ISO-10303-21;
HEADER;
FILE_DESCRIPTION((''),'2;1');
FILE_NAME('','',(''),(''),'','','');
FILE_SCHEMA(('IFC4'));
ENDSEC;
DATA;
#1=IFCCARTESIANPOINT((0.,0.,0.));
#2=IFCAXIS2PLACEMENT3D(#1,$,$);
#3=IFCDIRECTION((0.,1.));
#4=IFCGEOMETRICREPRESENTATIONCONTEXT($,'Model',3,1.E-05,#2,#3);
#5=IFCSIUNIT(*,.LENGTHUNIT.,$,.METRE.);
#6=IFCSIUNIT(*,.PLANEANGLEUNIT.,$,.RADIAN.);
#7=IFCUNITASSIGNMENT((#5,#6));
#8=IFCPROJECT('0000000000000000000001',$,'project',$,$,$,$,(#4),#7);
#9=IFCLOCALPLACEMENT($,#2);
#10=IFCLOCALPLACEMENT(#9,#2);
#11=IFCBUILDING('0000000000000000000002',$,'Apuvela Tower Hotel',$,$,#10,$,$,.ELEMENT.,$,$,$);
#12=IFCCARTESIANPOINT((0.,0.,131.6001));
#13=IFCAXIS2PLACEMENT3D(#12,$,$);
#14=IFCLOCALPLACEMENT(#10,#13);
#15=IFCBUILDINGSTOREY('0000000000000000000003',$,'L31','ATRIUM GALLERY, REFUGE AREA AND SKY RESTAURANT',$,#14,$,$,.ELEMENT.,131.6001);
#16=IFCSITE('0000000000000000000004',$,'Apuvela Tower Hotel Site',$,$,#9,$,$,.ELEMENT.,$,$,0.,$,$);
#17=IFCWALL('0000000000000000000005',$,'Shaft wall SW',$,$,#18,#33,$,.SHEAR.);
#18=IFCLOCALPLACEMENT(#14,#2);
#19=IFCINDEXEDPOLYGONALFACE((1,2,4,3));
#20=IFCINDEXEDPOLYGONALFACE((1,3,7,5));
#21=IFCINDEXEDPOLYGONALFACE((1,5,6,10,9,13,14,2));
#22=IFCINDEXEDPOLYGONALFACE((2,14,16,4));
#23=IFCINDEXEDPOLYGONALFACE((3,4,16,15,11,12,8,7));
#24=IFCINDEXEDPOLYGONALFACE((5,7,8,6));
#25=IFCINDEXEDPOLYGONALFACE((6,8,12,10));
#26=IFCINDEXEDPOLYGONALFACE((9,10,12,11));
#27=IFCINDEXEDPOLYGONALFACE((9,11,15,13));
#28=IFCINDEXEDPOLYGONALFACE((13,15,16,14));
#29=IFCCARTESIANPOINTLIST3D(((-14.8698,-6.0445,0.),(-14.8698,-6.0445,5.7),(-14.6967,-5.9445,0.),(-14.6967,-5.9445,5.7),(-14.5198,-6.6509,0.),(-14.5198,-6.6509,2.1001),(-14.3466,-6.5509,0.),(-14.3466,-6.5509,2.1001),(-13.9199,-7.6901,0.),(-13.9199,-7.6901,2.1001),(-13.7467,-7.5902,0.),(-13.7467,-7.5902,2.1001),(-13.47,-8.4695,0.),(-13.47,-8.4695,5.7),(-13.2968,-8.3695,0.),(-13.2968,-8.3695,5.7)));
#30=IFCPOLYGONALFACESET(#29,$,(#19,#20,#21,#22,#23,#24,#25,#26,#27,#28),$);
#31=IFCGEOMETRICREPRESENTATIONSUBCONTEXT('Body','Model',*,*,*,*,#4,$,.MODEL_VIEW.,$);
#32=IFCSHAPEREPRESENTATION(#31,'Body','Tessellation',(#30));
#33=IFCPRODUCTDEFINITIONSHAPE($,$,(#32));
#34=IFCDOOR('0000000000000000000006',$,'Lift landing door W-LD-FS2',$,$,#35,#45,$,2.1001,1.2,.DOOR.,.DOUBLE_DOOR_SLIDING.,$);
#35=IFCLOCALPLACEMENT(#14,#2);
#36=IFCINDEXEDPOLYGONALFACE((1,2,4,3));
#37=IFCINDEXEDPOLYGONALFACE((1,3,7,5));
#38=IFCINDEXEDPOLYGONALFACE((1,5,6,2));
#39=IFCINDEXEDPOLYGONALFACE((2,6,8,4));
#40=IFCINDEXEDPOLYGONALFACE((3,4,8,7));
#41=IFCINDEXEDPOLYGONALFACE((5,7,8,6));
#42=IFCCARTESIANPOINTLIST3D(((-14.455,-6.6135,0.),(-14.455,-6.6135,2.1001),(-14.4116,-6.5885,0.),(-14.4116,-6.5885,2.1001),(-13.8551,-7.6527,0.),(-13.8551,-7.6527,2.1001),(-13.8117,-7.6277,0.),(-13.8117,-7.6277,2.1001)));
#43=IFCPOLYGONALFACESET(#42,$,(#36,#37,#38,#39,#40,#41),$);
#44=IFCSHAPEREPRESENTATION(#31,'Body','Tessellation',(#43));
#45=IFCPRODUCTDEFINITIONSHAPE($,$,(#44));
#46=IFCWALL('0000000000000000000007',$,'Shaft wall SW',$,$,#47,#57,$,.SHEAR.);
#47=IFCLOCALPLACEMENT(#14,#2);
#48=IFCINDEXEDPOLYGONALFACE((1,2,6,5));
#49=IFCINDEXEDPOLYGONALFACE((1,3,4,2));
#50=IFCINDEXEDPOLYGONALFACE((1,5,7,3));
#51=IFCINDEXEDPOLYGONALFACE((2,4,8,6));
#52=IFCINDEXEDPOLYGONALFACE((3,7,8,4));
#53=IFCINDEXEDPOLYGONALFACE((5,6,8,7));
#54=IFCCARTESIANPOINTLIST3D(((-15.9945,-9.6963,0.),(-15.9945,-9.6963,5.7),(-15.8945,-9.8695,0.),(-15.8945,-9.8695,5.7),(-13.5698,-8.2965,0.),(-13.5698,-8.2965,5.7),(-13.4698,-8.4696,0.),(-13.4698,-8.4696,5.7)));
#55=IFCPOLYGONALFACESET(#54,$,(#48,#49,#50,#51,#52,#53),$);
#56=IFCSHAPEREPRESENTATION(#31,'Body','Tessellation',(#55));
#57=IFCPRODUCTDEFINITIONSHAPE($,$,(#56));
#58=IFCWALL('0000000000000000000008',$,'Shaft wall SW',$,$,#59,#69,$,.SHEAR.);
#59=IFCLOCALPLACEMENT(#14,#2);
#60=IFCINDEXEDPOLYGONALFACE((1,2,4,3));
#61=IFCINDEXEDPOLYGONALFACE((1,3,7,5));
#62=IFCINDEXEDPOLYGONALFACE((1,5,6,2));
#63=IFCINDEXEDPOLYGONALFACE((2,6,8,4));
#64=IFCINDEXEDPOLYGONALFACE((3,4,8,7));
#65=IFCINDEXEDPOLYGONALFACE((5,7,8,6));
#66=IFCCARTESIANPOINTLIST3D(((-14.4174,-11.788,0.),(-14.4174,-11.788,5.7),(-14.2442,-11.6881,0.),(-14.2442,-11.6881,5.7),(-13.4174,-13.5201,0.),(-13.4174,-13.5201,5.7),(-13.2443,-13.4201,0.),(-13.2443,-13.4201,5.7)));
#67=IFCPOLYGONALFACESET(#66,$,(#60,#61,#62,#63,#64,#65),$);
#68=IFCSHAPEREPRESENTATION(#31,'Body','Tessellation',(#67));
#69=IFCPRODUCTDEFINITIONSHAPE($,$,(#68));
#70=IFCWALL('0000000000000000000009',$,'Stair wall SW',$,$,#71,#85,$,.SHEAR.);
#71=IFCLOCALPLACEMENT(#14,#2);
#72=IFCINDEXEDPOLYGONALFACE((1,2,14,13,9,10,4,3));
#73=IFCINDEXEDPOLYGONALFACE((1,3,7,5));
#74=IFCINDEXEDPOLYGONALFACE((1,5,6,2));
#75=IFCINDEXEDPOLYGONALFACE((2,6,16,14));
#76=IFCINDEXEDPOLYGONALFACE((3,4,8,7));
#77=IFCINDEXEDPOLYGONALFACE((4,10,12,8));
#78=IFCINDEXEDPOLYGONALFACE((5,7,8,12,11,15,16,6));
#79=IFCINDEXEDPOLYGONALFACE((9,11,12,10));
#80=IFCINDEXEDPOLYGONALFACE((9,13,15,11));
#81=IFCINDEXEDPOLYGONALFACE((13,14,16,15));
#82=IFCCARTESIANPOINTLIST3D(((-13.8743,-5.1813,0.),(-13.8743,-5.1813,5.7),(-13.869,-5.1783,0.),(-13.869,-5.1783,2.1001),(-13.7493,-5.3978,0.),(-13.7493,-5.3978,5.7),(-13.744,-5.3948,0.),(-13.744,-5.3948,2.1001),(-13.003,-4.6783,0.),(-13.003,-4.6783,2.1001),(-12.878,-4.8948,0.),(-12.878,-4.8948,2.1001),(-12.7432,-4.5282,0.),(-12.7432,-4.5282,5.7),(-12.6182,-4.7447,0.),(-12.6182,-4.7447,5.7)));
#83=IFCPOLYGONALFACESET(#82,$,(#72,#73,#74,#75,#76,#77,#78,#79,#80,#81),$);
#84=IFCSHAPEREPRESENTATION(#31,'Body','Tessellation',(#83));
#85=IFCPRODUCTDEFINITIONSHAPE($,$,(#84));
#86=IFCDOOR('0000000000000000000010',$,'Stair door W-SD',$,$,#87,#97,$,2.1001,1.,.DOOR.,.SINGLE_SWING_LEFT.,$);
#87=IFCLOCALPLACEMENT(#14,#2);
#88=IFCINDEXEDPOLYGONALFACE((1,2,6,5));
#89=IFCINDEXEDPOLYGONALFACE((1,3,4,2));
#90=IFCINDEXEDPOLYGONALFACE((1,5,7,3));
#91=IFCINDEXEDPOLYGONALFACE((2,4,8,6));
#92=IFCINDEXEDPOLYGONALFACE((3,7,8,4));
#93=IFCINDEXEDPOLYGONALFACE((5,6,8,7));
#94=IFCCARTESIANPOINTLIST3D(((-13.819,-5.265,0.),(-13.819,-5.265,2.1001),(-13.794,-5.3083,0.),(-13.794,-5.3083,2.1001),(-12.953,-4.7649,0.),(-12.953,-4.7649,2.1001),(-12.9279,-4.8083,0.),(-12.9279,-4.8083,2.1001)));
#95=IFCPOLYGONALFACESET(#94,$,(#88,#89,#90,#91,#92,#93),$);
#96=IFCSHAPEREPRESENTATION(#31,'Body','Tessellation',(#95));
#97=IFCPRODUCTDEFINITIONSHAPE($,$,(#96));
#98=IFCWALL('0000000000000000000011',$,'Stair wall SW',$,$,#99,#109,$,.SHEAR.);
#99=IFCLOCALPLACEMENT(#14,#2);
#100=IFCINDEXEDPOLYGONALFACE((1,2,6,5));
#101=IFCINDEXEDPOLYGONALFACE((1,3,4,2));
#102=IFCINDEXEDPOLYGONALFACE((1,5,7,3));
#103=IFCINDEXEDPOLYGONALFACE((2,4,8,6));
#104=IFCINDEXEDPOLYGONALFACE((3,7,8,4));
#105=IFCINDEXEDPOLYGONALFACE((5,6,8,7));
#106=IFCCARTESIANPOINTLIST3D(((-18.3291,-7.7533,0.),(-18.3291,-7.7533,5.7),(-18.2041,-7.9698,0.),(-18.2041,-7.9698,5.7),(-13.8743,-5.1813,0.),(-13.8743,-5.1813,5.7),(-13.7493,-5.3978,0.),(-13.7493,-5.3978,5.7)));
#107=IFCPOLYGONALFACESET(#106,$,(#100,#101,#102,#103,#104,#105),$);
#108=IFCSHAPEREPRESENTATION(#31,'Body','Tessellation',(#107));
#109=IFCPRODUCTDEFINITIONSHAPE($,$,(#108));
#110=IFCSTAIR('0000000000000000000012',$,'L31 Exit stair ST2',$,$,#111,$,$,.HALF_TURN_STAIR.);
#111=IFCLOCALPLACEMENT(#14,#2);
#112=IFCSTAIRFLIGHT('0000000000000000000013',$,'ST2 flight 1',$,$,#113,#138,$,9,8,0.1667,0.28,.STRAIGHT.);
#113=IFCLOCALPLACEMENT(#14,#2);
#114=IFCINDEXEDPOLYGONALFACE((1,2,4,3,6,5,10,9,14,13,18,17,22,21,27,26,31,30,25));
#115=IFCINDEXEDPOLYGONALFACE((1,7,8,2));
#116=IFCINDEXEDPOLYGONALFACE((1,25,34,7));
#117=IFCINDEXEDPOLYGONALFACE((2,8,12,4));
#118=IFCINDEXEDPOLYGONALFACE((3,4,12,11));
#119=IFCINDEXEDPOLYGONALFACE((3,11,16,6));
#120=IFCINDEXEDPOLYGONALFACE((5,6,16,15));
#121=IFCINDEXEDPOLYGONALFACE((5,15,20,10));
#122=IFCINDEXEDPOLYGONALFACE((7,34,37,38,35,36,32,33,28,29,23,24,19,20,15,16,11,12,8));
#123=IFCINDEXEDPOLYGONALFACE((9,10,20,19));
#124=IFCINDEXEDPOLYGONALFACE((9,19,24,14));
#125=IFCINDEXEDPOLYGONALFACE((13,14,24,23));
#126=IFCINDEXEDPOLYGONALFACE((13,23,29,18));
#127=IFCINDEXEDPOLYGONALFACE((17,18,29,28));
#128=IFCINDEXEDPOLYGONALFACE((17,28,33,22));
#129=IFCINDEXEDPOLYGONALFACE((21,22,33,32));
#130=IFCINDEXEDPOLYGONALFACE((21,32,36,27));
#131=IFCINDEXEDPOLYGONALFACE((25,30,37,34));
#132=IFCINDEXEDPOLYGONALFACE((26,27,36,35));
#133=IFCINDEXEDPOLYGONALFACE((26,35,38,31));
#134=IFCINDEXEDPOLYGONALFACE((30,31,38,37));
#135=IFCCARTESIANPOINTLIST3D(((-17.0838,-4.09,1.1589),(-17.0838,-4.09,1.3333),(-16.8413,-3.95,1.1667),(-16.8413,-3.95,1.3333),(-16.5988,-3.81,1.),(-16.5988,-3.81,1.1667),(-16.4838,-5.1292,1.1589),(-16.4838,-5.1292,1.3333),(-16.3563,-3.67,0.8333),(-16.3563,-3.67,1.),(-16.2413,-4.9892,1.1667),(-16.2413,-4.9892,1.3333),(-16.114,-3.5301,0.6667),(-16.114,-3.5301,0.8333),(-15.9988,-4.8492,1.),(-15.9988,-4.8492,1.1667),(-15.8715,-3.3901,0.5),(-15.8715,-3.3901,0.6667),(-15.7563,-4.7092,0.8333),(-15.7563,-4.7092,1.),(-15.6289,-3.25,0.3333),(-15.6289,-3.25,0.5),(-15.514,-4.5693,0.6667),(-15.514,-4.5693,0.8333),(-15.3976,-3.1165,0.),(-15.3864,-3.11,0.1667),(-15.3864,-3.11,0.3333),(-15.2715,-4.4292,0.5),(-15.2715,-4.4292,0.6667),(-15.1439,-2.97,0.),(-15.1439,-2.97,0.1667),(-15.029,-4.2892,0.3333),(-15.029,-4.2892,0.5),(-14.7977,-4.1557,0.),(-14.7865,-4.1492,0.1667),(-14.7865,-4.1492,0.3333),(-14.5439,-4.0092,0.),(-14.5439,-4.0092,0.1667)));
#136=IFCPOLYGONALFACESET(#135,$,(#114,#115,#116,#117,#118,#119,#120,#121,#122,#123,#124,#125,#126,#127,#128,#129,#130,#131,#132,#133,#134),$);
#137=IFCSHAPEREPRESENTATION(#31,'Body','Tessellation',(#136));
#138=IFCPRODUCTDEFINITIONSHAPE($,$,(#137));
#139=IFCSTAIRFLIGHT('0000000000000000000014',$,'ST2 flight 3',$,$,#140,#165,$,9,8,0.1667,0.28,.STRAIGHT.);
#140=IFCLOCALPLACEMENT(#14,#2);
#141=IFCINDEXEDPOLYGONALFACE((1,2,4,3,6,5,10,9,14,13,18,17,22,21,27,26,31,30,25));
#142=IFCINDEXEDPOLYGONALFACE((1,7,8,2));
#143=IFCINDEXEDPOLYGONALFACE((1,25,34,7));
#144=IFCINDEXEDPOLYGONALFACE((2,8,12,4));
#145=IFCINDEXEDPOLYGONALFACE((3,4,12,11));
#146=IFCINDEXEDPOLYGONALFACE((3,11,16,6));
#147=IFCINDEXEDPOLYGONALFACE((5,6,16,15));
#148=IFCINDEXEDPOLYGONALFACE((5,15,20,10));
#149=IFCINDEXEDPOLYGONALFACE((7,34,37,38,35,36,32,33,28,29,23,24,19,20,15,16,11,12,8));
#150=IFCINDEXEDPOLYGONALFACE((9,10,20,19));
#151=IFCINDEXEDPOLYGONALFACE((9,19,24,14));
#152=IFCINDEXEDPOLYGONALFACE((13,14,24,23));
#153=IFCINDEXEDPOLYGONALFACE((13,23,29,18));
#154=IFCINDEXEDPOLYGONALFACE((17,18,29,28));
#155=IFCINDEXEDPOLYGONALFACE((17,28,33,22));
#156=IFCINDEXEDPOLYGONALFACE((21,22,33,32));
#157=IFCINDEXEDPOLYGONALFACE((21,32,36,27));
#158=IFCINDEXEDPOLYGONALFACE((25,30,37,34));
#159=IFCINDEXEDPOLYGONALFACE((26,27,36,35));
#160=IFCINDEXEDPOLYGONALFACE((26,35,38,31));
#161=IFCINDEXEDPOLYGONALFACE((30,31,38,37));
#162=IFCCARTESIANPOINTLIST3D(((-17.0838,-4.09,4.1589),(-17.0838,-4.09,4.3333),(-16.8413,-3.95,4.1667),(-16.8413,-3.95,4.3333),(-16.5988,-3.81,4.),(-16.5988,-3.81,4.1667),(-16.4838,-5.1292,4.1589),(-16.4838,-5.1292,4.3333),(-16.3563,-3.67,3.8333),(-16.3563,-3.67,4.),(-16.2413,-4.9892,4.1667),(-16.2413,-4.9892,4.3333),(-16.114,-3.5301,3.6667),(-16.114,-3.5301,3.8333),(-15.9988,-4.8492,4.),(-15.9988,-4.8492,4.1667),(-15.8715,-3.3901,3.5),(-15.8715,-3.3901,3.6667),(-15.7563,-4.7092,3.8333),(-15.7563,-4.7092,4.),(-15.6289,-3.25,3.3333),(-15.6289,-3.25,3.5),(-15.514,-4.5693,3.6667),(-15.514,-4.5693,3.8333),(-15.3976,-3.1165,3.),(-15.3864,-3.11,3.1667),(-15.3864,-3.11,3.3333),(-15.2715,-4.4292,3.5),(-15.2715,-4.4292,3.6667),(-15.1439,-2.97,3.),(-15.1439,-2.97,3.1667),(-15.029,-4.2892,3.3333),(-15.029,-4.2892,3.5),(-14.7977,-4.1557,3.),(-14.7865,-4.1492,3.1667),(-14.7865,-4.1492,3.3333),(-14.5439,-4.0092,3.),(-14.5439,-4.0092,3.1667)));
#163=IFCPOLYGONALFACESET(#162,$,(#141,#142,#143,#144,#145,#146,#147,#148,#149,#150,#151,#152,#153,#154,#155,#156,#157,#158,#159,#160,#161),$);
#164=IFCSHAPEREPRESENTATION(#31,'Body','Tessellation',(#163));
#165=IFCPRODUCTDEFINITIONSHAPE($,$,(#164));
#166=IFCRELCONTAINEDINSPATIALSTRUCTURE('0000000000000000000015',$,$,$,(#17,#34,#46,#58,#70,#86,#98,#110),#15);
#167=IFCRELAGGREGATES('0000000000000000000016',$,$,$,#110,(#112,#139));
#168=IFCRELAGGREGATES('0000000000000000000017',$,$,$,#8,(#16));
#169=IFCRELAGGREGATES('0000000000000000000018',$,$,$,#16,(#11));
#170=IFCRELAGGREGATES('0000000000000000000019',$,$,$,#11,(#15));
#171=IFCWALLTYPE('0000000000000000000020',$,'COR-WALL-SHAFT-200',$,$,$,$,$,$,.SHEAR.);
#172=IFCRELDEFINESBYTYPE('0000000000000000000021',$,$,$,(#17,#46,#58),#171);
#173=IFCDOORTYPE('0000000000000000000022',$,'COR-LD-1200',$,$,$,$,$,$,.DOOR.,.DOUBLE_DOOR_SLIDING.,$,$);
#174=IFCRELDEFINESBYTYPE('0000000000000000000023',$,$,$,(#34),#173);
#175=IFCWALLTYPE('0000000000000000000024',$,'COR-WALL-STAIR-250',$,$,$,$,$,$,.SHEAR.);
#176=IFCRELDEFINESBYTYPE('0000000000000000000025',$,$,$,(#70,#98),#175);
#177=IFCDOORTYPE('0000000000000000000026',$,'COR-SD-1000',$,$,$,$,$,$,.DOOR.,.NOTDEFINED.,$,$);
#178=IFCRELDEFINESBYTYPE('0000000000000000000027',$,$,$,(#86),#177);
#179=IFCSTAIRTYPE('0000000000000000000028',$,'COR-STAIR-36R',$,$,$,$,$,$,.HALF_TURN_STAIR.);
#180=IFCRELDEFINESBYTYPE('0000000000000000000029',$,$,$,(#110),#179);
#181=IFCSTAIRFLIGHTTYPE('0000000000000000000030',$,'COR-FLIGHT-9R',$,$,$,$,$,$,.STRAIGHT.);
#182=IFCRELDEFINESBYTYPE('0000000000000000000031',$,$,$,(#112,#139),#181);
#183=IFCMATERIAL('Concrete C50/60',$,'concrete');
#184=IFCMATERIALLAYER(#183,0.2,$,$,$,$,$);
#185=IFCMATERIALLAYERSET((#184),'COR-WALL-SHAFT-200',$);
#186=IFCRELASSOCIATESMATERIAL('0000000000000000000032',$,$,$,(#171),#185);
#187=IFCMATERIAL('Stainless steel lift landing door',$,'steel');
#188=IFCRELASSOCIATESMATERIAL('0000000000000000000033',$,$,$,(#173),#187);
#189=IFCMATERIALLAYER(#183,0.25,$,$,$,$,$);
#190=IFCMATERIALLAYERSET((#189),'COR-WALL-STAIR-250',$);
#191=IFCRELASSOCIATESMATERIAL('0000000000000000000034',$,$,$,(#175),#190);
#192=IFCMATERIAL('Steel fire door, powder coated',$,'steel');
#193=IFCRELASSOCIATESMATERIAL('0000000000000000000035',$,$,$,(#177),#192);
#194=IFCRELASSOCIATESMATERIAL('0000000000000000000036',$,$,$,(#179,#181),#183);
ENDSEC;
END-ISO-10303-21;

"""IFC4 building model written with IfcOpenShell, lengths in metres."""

from ifc_helpers import new_model, si_unit, direction, frame, frame_2d, origin, place, context, subcontext, project, spatial, polyline, rectangle, outline, extrude, material, layer, layer_set, type_object, element, fill, aggregate, save


model = new_model("IFC4")

# Units and contexts
model_context = context("Model", 3, precision=1e-05, world=origin(), true_north=direction((0.0, 1.0)))
body_context = subcontext(model_context, "Body", "Model", "MODEL_VIEW")
ifc_project = project(units=[si_unit("LENGTHUNIT", "METRE"), si_unit("PLANEANGLEUNIT", "RADIAN")], contexts=[model_context])

# Site, building, storey
site_placement = place(None, origin())
site = spatial("IfcSite", under=ifc_project, at=site_placement, Name="Apuvela Tower Hotel Site", CompositionType="ELEMENT", RefElevation=0.0)
building_placement = place(site_placement, origin())
building = spatial("IfcBuilding", under=site, at=building_placement, Name="Apuvela Tower Hotel", CompositionType="ELEMENT")
storey_placement = place(building_placement, frame((0.0, 0.0, 131.6001)))
storey = spatial("IfcBuildingStorey", under=building, at=storey_placement, Name="L31", Description="ATRIUM GALLERY, REFUGE AREA AND SKY RESTAURANT", CompositionType="ELEMENT", Elevation=131.6001)

# Wall, opening, door
ifc_material_1 = material(Name="Concrete C50/60", Category="concrete")
ifc_layer_1 = layer(ifc_material_1, 0.2)
ifc_layer_set_1 = layer_set([ifc_layer_1], Name="COR-WALL-SHAFT-200")
wall_type_1 = type_object("IfcWallType", Name="COR-WALL-SHAFT-200", PredefinedType="SHEAR", material=ifc_layer_set_1)
wall_1_placement = place(storey_placement, frame((-14.7832, -5.9946, 0.0), z_axis=(0.0, 0.0, 1.0), x_axis=(0.499946, -0.866056, 0.0)))
wall_1 = element("IfcWall", 1, at=wall_1_placement, inside=storey, type_object=wall_type_1, Name="Shaft wall SW", PredefinedType="SHEAR", context=body_context, shape_type="SweptSolid", body=[
    extrude(rectangle(XDim=2.8, YDim=0.2, at=frame_2d((1.3999, 0.0))), origin(), (0.0, 0.0, 1.0), 5.7),
])
opening_1_placement = place(wall_1_placement, frame((0.7, 0.0, 0.0)))
opening_1 = element("IfcOpeningElement", 2, at=opening_1_placement, cuts=wall_1, PredefinedType="OPENING", context=body_context, shape_type="SweptSolid", body=[
    extrude(rectangle(XDim=1.2, YDim=2.1001, at=frame_2d((0.6001, 1.05))), frame((0.0, 0.1099, 0.0), z_axis=(0.0, -1.0, 0.0), x_axis=(1.0, 0.0, 0.0)), (0.0, 0.0, 1.0), 0.22),
])
ifc_material_2 = material(Name="Stainless steel lift landing door", Category="steel")
door_type_1 = type_object("IfcDoorType", Name="COR-LD-1200", OperationType="DOUBLE_DOOR_SLIDING", PredefinedType="DOOR", material=ifc_material_2)
door_1_placement = place(opening_1_placement, origin())
door_1 = element("IfcDoor", 3, at=door_1_placement, inside=storey, type_object=door_type_1, Name="Lift landing door W-LD-FS2", OperationType="DOUBLE_DOOR_SLIDING", OverallHeight=2.1001, OverallWidth=1.2, PredefinedType="DOOR", context=body_context, shape_type="SweptSolid", body=[
    extrude(rectangle(XDim=1.2, YDim=2.1001, at=frame_2d((0.6001, 1.05))), frame((0.0, 0.0249, 0.0), z_axis=(0.0, -1.0, 0.0), x_axis=(1.0, 0.0, 0.0)), (0.0, 0.0, 1.0), 0.05),
])
fill(opening_1, door_1)

# Walls
wall_2_placement = place(storey_placement, frame((-13.5198, -8.3831, 0.0), z_axis=(0.0, 0.0, 1.0), x_axis=(-0.866035, -0.499984, 0.0)))
element("IfcWall", 4, at=wall_2_placement, inside=storey, type_object=wall_type_1, Name="Shaft wall SW", PredefinedType="SHEAR", context=body_context, shape_type="SweptSolid", body=[
    extrude(rectangle(XDim=2.7998, YDim=0.2, at=frame_2d((1.3999, 0.0))), origin(), (0.0, 0.0, 1.0), 5.7),
])
wall_3_placement = place(storey_placement, frame((-14.3308, -11.738, 0.0), z_axis=(0.0, 0.0, 1.0), x_axis=(0.499973, -0.866041, 0.0)))
element("IfcWall", 5, at=wall_3_placement, inside=storey, type_object=wall_type_1, Name="Shaft wall SW", PredefinedType="SHEAR", context=body_context, shape_type="SweptSolid", body=[
    extrude(rectangle(XDim=2.0, YDim=0.2, at=frame_2d((1.0, 0.0))), origin(), (0.0, 0.0, 1.0), 5.7),
])

# Wall, opening, door
ifc_layer_2 = layer(ifc_material_1, 0.25)
ifc_layer_set_2 = layer_set([ifc_layer_2], Name="COR-WALL-STAIR-250")
wall_type_2 = type_object("IfcWallType", Name="COR-WALL-STAIR-250", PredefinedType="SHEAR", material=ifc_layer_set_2)
wall_4_placement = place(storey_placement, frame((-12.6807, -4.6365, 0.0), z_axis=(0.0, 0.0, 1.0), x_axis=(-0.866014, -0.500019, 0.0)))
wall_4 = element("IfcWall", 6, at=wall_4_placement, inside=storey, type_object=wall_type_2, Name="Stair wall SW", PredefinedType="SHEAR", context=body_context, shape_type="SweptSolid", body=[
    extrude(rectangle(XDim=1.3062, YDim=0.25, at=frame_2d((0.6531, 0.0))), origin(), (0.0, 0.0, 1.0), 5.7),
])
opening_2_placement = place(wall_4_placement, frame((0.3, 0.0, 0.0)))
opening_2 = element("IfcOpeningElement", 7, at=opening_2_placement, cuts=wall_4, PredefinedType="OPENING", context=body_context, shape_type="SweptSolid", body=[
    extrude(rectangle(XDim=1.0, YDim=2.1001, at=frame_2d((0.5, 1.05))), frame((0.0, 0.135, 0.0), z_axis=(0.0, -1.0, 0.0), x_axis=(1.0, 0.0, 0.0)), (0.0, 0.0, 1.0), 0.27),
])
ifc_material_3 = material(Name="Steel fire door, powder coated", Category="steel")
door_type_2 = type_object("IfcDoorType", Name="COR-SD-1000", OperationType="NOTDEFINED", PredefinedType="DOOR", material=ifc_material_3)
door_2_placement = place(opening_2_placement, frame((1.0, 0.0, 0.0), z_axis=(0.0, 0.0, 1.0), x_axis=(-1.0, 0.0, 0.0)))
door_2 = element("IfcDoor", 8, at=door_2_placement, inside=storey, type_object=door_type_2, Name="Stair door W-SD", OperationType="SINGLE_SWING_LEFT", OverallHeight=2.1001, OverallWidth=1.0, PredefinedType="DOOR", context=body_context, shape_type="SweptSolid", body=[
    extrude(rectangle(XDim=1.0, YDim=2.1001, at=frame_2d((0.5, 1.05))), frame((0.0, 0.0249, 0.0), z_axis=(0.0, -1.0, 0.0), x_axis=(1.0, 0.0, 0.0)), (0.0, 0.0, 1.0), 0.05),
])
fill(opening_2, door_2)

# Wall
wall_5_placement = place(storey_placement, frame((-13.8118, -5.2896, 0.0), z_axis=(0.0, 0.0, 1.0), x_axis=(-0.866024, -0.500003, 0.0)))
element("IfcWall", 9, at=wall_5_placement, inside=storey, type_object=wall_type_2, Name="Stair wall SW", PredefinedType="SHEAR", context=body_context, shape_type="SweptSolid", body=[
    extrude(rectangle(XDim=5.144, YDim=0.25, at=frame_2d((2.572, 0.0))), origin(), (0.0, 0.0, 1.0), 5.7),
])

# Stair, stair flights
stair_type = type_object("IfcStairType", Name="COR-STAIR-36R", PredefinedType="HALF_TURN_STAIR", material=ifc_material_1)
stair_placement = place(storey_placement, origin())
stair = element("IfcStair", 10, at=stair_placement, inside=storey, type_object=stair_type, Name="L31 Exit stair ST2", PredefinedType="HALF_TURN_STAIR")
stair_flight_type = type_object("IfcStairFlightType", Name="COR-FLIGHT-9R", PredefinedType="STRAIGHT", material=ifc_material_1)
stair_flight_1_placement = place(storey_placement, frame((-14.844, -3.4895, 0.0), z_axis=(0.0, 0.0, 1.0), x_axis=(-0.866025, -0.5, 0.0)))
stair_flight_1 = element("IfcStairFlight", 11, at=stair_flight_1_placement, type_object=stair_flight_type, Name="ST2 flight 1", NumberOfRisers=9, NumberOfTreads=8, PredefinedType="STRAIGHT", RiserHeight=0.1667, TreadLength=0.28, context=body_context, shape_type="SweptSolid", body=[
    extrude(outline(polyline([(0.0, 0.0), (0.0, 0.1667), (0.28, 0.1667), (0.28, 0.3333), (0.5601, 0.3333), (0.5601, 0.5), (0.8401, 0.5), (0.8401, 0.6667), (1.1201, 0.6667), (1.1201, 0.8333), (1.3999, 0.8333), (1.3999, 1.0), (1.6799, 1.0), (1.6799, 1.1667), (1.96, 1.1667), (1.96, 1.3333), (2.24, 1.3333), (2.24, 1.5), (2.24, 1.1589), (0.293, 0.0), (0.0, 0.0)])), frame((0.0, 0.6001, 0.0), z_axis=(0.0, -1.0, 0.0), x_axis=(1.0, 0.0, 0.0)), (0.0, 0.0, 1.0), 1.2),
])
stair_flight_2_placement = place(storey_placement, frame((-14.844, -3.4895, 3.0), z_axis=(0.0, 0.0, 1.0), x_axis=(-0.866025, -0.5, 0.0)))
stair_flight_2 = element("IfcStairFlight", 12, at=stair_flight_2_placement, type_object=stair_flight_type, Name="ST2 flight 3", NumberOfRisers=9, NumberOfTreads=8, PredefinedType="STRAIGHT", RiserHeight=0.1667, TreadLength=0.28, context=body_context, shape_type="SweptSolid", body=[
    extrude(outline(polyline([(0.0, 0.0), (0.0, 0.1667), (0.28, 0.1667), (0.28, 0.3333), (0.5601, 0.3333), (0.5601, 0.5), (0.8401, 0.5), (0.8401, 0.6667), (1.1201, 0.6667), (1.1201, 0.8333), (1.3999, 0.8333), (1.3999, 1.0), (1.6799, 1.0), (1.6799, 1.1667), (1.96, 1.1667), (1.96, 1.3333), (2.24, 1.3333), (2.24, 1.5), (2.24, 1.1589), (0.293, 0.0), (0.0, 0.0)])), frame((0.0, 0.6001, 0.0), z_axis=(0.0, -1.0, 0.0), x_axis=(1.0, 0.0, 0.0)), (0.0, 0.0, 1.0), 1.2),
])
aggregate(stair, [stair_flight_1, stair_flight_2])

save(model, "model.ifc")
